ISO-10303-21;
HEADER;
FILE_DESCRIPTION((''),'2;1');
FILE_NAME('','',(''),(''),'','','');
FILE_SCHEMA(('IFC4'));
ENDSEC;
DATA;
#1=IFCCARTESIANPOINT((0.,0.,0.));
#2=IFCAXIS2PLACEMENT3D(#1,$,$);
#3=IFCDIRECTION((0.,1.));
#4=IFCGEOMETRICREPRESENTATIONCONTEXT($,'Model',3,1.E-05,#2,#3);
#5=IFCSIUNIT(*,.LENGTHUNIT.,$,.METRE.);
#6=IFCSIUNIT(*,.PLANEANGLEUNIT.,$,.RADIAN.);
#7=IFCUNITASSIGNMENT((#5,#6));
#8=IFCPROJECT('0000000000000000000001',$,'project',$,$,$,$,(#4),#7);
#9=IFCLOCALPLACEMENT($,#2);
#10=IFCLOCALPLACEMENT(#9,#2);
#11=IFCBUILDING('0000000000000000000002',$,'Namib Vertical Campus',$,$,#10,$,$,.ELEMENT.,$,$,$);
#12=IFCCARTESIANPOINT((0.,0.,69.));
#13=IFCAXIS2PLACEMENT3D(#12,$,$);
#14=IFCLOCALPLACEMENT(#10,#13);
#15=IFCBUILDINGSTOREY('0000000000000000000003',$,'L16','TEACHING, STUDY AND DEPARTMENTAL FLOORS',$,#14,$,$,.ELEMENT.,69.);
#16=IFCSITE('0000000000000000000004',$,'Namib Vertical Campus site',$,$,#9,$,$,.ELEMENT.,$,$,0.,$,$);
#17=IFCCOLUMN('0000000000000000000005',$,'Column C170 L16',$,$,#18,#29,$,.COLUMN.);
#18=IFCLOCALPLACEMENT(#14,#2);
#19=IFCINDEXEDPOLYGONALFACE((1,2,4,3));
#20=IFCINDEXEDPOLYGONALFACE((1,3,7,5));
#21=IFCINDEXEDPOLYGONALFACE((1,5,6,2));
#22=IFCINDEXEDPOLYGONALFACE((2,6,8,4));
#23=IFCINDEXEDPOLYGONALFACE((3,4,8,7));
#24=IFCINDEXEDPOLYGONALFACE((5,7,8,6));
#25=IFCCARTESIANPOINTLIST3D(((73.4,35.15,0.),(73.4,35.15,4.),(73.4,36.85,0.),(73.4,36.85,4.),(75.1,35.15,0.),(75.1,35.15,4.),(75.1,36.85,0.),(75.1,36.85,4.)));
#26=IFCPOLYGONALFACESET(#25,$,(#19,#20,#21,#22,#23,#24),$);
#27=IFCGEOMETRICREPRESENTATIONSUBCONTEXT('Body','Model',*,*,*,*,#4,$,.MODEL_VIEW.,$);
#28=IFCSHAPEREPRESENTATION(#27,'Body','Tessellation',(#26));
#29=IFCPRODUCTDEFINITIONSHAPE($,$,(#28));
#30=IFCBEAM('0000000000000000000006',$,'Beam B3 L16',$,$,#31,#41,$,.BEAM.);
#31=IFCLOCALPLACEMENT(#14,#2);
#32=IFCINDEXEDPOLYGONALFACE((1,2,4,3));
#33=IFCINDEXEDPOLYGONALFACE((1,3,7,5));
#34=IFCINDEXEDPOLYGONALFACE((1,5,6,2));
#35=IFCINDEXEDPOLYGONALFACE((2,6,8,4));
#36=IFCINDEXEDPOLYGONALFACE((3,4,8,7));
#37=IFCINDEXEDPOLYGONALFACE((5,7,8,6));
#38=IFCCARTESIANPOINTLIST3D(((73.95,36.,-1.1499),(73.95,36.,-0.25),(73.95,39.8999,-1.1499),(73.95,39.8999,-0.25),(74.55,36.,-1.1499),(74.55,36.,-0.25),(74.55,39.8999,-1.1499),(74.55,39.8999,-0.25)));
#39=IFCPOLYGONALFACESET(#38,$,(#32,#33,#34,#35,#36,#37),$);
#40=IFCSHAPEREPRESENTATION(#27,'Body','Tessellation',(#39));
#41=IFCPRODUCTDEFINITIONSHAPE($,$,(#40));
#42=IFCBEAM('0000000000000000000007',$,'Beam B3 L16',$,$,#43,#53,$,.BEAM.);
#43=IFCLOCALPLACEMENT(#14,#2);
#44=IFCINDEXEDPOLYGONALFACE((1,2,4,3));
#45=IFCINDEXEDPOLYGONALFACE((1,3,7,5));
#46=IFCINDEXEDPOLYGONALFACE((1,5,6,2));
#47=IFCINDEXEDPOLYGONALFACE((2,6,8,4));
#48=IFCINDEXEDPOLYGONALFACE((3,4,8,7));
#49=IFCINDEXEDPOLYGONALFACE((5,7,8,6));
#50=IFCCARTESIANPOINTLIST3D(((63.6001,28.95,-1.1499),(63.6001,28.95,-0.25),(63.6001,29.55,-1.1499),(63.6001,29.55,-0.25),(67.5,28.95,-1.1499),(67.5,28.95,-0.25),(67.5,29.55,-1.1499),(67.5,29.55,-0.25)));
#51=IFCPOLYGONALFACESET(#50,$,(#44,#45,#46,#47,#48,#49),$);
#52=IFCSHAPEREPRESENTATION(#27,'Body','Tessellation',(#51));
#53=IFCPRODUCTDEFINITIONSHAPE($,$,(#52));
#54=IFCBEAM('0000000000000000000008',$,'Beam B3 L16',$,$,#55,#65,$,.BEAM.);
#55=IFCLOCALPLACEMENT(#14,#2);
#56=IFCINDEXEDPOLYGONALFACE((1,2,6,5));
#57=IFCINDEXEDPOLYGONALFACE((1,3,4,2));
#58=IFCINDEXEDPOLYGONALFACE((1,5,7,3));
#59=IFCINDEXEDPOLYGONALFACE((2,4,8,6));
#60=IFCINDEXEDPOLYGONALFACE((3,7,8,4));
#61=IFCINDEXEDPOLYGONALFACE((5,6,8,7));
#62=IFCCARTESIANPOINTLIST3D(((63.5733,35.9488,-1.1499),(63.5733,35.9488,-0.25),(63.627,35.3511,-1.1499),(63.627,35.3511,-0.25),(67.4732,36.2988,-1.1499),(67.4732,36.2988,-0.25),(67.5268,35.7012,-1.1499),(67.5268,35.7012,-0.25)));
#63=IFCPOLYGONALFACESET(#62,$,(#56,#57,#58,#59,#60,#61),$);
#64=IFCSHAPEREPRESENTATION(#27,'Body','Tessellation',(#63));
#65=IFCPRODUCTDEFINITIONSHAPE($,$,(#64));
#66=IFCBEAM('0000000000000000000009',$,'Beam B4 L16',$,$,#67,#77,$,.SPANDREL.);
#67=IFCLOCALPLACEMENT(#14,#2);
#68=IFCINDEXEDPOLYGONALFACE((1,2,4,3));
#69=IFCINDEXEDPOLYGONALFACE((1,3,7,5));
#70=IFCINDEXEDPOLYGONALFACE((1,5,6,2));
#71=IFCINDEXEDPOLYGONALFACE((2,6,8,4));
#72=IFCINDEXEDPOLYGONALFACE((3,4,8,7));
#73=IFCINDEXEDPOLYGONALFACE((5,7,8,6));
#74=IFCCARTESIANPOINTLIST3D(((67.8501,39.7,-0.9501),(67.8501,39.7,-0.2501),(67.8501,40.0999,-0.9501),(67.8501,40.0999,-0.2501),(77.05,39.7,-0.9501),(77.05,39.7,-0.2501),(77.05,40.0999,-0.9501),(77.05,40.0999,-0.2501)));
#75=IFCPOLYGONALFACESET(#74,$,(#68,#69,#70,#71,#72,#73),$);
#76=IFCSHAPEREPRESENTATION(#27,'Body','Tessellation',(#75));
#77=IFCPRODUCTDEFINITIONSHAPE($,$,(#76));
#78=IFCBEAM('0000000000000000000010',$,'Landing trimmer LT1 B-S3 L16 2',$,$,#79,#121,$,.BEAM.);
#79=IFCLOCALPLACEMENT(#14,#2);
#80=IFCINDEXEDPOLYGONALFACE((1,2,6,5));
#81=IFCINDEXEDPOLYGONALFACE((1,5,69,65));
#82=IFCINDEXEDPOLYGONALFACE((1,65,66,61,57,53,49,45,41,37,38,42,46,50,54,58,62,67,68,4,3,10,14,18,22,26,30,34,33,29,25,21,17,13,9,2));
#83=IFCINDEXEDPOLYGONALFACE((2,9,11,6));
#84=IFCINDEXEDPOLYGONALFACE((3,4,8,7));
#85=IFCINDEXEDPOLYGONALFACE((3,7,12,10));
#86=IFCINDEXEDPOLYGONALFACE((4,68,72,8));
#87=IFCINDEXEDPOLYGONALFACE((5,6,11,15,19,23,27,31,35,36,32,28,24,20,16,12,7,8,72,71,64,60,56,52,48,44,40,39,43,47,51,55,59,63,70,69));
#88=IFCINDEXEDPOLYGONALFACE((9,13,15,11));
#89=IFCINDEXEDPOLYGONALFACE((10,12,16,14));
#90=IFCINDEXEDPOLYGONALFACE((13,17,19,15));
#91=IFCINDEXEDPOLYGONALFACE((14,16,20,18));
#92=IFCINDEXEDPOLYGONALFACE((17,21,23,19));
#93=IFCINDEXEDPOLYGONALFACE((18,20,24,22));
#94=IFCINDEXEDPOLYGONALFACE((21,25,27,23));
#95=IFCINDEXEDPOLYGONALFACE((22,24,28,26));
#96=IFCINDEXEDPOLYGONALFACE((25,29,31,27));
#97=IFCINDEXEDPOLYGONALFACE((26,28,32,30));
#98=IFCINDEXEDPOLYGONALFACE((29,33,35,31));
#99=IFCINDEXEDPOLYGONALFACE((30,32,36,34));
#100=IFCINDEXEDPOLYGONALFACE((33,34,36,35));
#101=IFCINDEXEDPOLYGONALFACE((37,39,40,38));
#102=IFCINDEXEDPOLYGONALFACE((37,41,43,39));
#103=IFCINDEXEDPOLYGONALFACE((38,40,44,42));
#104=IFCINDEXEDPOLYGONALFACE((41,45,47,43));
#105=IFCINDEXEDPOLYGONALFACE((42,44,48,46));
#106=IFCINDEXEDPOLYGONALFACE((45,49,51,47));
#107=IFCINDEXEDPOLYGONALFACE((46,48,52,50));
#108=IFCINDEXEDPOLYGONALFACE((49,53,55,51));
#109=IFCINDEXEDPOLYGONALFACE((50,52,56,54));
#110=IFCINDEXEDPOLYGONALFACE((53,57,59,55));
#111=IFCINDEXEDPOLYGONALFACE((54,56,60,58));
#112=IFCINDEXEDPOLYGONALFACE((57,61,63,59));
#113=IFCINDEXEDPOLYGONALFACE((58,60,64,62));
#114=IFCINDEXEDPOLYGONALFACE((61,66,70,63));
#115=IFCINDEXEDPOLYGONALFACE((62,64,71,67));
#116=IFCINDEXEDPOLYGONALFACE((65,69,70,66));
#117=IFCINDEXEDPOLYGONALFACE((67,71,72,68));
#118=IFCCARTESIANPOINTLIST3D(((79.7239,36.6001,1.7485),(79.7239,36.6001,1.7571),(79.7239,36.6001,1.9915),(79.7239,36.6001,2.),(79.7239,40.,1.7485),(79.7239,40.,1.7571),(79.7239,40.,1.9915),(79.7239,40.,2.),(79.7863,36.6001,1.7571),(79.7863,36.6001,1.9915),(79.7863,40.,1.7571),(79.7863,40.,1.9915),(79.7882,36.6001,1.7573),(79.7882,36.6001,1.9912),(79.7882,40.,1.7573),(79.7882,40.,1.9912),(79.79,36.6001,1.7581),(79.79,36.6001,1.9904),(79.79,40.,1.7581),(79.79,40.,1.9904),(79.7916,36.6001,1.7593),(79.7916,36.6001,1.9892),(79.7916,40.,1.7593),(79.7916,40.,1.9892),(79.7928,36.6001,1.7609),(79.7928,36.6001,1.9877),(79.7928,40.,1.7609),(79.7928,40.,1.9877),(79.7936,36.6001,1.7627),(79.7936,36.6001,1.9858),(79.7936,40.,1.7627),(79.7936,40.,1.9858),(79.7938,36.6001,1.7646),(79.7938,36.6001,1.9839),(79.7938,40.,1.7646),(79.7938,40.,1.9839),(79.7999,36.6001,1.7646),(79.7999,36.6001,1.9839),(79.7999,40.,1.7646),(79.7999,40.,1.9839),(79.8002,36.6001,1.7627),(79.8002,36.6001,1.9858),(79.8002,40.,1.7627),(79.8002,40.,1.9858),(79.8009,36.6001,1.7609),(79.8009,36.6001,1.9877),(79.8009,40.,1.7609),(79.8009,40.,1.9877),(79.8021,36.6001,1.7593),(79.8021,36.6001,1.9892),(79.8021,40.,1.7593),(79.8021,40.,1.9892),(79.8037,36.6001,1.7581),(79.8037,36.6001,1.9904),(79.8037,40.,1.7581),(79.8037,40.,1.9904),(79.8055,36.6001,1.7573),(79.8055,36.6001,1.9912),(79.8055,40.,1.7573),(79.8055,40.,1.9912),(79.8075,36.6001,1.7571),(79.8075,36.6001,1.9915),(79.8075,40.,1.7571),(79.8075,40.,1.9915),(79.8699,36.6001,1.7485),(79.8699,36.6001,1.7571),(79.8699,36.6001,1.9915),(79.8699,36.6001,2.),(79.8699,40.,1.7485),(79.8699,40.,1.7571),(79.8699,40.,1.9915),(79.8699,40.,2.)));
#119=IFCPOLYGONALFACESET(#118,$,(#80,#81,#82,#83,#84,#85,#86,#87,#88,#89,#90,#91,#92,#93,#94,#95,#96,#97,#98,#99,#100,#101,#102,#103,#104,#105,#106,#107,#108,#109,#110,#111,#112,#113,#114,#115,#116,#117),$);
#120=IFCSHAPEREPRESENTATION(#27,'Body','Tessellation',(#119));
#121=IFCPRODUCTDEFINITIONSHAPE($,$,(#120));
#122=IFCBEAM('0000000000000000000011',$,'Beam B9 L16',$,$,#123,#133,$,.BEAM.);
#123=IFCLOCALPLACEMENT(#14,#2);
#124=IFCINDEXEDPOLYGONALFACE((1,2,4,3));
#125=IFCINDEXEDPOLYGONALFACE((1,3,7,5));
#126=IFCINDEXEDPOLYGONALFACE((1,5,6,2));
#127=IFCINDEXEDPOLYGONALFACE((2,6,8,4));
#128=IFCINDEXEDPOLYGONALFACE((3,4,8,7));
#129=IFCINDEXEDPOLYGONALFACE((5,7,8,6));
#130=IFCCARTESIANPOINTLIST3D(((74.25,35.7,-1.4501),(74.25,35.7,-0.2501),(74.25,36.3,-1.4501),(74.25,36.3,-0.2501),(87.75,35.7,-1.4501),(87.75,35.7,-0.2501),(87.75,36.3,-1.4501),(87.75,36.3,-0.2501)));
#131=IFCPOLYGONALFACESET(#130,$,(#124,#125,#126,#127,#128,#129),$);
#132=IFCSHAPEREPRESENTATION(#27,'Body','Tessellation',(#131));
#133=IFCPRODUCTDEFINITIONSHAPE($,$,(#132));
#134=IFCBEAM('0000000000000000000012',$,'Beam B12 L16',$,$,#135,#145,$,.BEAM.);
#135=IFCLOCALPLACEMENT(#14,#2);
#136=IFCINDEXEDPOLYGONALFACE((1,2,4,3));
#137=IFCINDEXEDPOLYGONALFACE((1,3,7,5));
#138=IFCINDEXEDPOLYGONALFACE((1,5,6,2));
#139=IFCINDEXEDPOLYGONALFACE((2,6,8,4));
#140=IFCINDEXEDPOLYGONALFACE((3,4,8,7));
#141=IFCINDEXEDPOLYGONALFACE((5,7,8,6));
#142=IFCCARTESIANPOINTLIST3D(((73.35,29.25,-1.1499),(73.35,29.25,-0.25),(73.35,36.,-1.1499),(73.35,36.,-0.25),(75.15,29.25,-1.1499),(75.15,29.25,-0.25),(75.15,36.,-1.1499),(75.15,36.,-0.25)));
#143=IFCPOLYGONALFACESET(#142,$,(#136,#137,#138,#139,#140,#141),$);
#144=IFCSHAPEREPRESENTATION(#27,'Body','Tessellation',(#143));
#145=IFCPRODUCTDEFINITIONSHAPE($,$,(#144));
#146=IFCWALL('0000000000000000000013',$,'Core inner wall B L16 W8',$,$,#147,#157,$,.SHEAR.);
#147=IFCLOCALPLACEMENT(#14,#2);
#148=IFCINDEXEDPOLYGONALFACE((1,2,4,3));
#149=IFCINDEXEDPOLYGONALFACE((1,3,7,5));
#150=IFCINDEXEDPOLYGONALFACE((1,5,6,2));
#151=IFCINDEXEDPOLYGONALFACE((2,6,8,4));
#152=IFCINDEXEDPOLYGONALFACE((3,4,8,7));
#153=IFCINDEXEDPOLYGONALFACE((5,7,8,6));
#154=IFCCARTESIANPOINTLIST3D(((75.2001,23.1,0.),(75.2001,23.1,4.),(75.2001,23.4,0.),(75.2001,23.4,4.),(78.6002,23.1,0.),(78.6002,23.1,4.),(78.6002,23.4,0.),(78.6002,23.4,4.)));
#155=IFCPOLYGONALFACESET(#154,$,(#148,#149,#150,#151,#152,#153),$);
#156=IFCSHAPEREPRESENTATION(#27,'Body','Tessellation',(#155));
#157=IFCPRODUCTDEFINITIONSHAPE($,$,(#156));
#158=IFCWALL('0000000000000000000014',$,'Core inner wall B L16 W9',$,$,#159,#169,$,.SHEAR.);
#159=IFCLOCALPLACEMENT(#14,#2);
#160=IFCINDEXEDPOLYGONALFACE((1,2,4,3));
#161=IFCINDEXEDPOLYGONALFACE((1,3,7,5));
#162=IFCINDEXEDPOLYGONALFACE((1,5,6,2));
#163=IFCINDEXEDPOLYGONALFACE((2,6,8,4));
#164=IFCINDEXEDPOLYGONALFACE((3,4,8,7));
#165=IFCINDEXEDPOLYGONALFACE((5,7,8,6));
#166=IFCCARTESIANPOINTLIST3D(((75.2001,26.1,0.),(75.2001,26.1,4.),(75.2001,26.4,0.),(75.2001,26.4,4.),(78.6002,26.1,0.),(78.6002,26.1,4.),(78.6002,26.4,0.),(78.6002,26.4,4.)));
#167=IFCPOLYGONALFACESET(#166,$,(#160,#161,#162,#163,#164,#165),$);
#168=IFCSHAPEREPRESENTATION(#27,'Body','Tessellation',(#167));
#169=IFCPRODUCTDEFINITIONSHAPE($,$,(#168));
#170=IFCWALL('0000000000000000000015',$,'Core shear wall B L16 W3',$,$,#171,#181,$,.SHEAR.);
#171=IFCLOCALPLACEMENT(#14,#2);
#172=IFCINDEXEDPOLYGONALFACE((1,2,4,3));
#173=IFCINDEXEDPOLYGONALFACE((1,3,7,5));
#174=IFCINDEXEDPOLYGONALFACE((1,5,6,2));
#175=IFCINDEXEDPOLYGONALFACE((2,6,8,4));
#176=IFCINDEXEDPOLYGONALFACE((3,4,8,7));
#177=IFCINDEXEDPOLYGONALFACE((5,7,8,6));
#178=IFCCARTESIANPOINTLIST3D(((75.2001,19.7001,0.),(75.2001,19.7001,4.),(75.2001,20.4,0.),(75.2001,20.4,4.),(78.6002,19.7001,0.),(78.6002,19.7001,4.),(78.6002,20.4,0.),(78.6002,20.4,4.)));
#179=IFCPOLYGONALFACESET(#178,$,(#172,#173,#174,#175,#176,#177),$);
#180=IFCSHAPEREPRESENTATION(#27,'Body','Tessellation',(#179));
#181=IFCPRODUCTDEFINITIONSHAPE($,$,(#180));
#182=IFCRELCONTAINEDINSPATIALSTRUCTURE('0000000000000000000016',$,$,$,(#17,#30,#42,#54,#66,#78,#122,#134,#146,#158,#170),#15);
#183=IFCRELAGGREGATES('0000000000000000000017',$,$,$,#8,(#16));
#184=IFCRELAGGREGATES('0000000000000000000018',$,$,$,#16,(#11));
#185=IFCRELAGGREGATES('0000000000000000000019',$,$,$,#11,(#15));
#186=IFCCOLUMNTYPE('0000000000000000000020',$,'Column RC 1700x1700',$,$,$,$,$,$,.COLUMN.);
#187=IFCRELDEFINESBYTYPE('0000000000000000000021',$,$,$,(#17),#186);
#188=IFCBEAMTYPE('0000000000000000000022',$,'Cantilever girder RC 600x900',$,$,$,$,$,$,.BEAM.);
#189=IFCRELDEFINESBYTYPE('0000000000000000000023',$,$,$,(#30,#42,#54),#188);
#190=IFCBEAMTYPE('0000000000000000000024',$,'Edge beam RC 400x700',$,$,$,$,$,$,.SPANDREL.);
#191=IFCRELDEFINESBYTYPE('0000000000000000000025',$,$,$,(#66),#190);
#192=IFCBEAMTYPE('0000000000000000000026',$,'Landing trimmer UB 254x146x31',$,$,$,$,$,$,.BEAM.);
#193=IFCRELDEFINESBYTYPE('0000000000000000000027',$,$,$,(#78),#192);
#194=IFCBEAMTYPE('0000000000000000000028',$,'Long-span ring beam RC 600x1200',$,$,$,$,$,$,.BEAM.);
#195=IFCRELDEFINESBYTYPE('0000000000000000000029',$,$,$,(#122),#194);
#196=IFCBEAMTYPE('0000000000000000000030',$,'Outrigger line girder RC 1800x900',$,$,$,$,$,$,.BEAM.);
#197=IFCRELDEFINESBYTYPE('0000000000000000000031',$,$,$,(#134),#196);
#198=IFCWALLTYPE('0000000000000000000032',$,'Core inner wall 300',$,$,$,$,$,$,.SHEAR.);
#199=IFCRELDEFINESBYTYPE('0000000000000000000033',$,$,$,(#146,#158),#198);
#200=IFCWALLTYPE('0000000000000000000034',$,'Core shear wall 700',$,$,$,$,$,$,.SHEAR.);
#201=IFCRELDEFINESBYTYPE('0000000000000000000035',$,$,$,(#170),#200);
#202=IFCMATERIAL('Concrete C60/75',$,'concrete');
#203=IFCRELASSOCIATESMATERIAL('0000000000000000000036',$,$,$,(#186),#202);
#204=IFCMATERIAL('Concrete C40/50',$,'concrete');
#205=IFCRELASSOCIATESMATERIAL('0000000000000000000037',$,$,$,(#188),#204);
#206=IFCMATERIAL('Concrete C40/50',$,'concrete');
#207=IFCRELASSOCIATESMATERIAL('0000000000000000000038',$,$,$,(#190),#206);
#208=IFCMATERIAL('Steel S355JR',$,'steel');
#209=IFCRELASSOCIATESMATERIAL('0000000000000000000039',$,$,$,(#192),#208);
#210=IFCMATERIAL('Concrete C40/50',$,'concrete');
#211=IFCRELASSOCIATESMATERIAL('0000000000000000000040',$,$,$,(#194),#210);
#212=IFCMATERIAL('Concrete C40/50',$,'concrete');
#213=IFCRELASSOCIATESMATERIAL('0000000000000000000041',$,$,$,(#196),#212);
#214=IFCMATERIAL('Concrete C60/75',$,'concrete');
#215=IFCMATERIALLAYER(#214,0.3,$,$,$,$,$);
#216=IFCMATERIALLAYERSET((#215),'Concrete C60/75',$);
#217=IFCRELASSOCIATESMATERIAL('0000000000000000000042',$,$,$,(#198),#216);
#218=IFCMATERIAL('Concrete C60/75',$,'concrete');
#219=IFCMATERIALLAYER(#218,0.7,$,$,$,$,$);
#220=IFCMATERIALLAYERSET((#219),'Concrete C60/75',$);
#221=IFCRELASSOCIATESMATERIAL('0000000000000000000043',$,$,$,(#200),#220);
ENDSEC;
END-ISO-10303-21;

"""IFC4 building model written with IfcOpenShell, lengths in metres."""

from ifc_helpers import new_model, si_unit, direction, frame, frame_2d, origin, origin_2d, place, context, subcontext, project, spatial, rectangle, i_section, extrude, material, layer, layer_set, material_profile, profile_set, type_object, element, save


model = new_model("IFC4")

# Units and contexts
model_context = context("Model", 3, precision=1e-05, world=origin(), true_north=direction((0.0, 1.0)))
body_context = subcontext(model_context, "Body", "Model", "MODEL_VIEW")
ifc_project = project(units=[si_unit("LENGTHUNIT", "METRE"), si_unit("PLANEANGLEUNIT", "RADIAN")], contexts=[model_context])

# Site, building, storey
site_placement = place(None, origin())
site = spatial("IfcSite", under=ifc_project, at=site_placement, Name="Namib Vertical Campus site", CompositionType="ELEMENT", RefElevation=0.0)
building_placement = place(site_placement, origin())
building = spatial("IfcBuilding", under=site, at=building_placement, Name="Namib Vertical Campus", CompositionType="ELEMENT")
storey_placement = place(building_placement, frame((0.0, 0.0, 69.0)))
storey = spatial("IfcBuildingStorey", under=building, at=storey_placement, Name="L16", Description="TEACHING, STUDY AND DEPARTMENTAL FLOORS", CompositionType="ELEMENT", Elevation=69.0)

# Column
ifc_material_1 = material(Name="Concrete C60/75", Category="concrete")
ifc_material_profile_1 = material_profile(ifc_material_1, rectangle(XDim=1.7, YDim=1.7, at=origin_2d()))
ifc_profile_set_1 = profile_set([ifc_material_profile_1], Name="Concrete C60/75")
column_type = type_object("IfcColumnType", Name="Column RC 1700x1700", PredefinedType="COLUMN", material=ifc_profile_set_1)
column_placement = place(storey_placement, frame((74.25, 36.0, 0.0), z_axis=(0.0, 0.0, 1.0), x_axis=(1.0, 0.0, 0.0)))
element("IfcColumn", 1, at=column_placement, inside=storey, type_object=column_type, Name="Column C170 L16", PredefinedType="COLUMN", context=body_context, shape_type="SweptSolid", body=[
    extrude(rectangle(XDim=1.7, YDim=1.7, at=origin_2d()), origin(), (0.0, 0.0, 1.0), 4.0),
])

# Beams
ifc_material_2 = material(Name="Concrete C40/50", Category="concrete")
ifc_material_profile_2 = material_profile(ifc_material_2, rectangle(XDim=0.6001, YDim=0.8999, at=origin_2d()))
ifc_profile_set_2 = profile_set([ifc_material_profile_2], Name="Concrete C40/50")
beam_type_1 = type_object("IfcBeamType", Name="Cantilever girder RC 600x900", PredefinedType="BEAM", material=ifc_profile_set_2)
for number, where, z_axis, x_axis, name in (
    (2, (74.25, 36.0, -0.7), (0.0, 1.0, 0.0), (-1.0, 0.0, 0.0), "Beam B3 L16"),
    (3, (67.5, 29.25, -0.7), (-1.0, 0.0, 0.0), (0.0, -1.0, 0.0), "Beam B3 L16"),
):
    element("IfcBeam", number, at=place(storey_placement, frame(where, z_axis=z_axis, x_axis=x_axis)), inside=storey, type_object=beam_type_1, Name=name, PredefinedType="BEAM", context=body_context, shape_type="SweptSolid", body=[
        extrude(rectangle(XDim=0.6001, YDim=0.8999, at=origin_2d()), origin(), (0.0, 0.0, 1.0), 3.8999),
    ])
beam_1_placement = place(storey_placement, frame((67.5, 36.0, -0.7), z_axis=(-0.995995, -0.089411, 0.0), x_axis=(0.089411, -0.995995, 0.0)))
element("IfcBeam", 4, at=beam_1_placement, inside=storey, type_object=beam_type_1, Name="Beam B3 L16", PredefinedType="BEAM", context=body_context, shape_type="SweptSolid", body=[
    extrude(rectangle(XDim=0.6001, YDim=0.8999, at=origin_2d()), origin(), (0.0, 0.0, 1.0), 3.9155),
])
ifc_material_3 = material(Name="Concrete C40/50", Category="concrete")
ifc_material_profile_3 = material_profile(ifc_material_3, rectangle(XDim=0.3999, YDim=0.7, at=origin_2d()))
ifc_profile_set_3 = profile_set([ifc_material_profile_3], Name="Concrete C40/50")
beam_type_2 = type_object("IfcBeamType", Name="Edge beam RC 400x700", PredefinedType="SPANDREL", material=ifc_profile_set_3)
beam_2_placement = place(storey_placement, frame((67.8501, 39.8999, -0.6001), z_axis=(1.0, 0.0, 0.0), x_axis=(0.0, 1.0, 0.0)))
element("IfcBeam", 5, at=beam_2_placement, inside=storey, type_object=beam_type_2, Name="Beam B4 L16", PredefinedType="SPANDREL", context=body_context, shape_type="SweptSolid", body=[
    extrude(rectangle(XDim=0.3999, YDim=0.7, at=origin_2d()), origin(), (0.0, 0.0, 1.0), 9.2),
])
ifc_material_4 = material(Name="Steel S355JR", Category="steel")
ifc_material_profile_4 = material_profile(ifc_material_4, i_section(OverallWidth=0.146, OverallDepth=0.2515, WebThickness=0.0061, FlangeThickness=0.0085, FilletRadius=0.0076, at=origin_2d()))
ifc_profile_set_4 = profile_set([ifc_material_profile_4], Name="Steel S355JR")
beam_type_3 = type_object("IfcBeamType", Name="Landing trimmer UB 254x146x31", PredefinedType="BEAM", material=ifc_profile_set_4)
beam_3_placement = place(storey_placement, frame((79.7969, 36.6001, 1.8743), z_axis=(0.0, 1.0, 0.0), x_axis=(-1.0, 0.0, 0.0)))
element("IfcBeam", 6, at=beam_3_placement, inside=storey, type_object=beam_type_3, Name="Landing trimmer LT1 B-S3 L16 2", PredefinedType="BEAM", context=body_context, shape_type="SweptSolid", body=[
    extrude(i_section(OverallWidth=0.146, OverallDepth=0.2515, WebThickness=0.0061, FlangeThickness=0.0085, FilletRadius=0.0076, at=origin_2d()), origin(), (0.0, 0.0, 1.0), 3.3999),
])
ifc_material_5 = material(Name="Concrete C40/50", Category="concrete")
ifc_material_profile_5 = material_profile(ifc_material_5, rectangle(XDim=0.6001, YDim=1.2, at=origin_2d()))
ifc_profile_set_5 = profile_set([ifc_material_profile_5], Name="Concrete C40/50")
beam_type_4 = type_object("IfcBeamType", Name="Long-span ring beam RC 600x1200", PredefinedType="BEAM", material=ifc_profile_set_5)
beam_4_placement = place(storey_placement, frame((74.25, 36.0, -0.8501), z_axis=(1.0, 0.0, 0.0), x_axis=(0.0, 1.0, 0.0)))
element("IfcBeam", 7, at=beam_4_placement, inside=storey, type_object=beam_type_4, Name="Beam B9 L16", PredefinedType="BEAM", context=body_context, shape_type="SweptSolid", body=[
    extrude(rectangle(XDim=0.6001, YDim=1.2, at=origin_2d()), origin(), (0.0, 0.0, 1.0), 13.5),
])
ifc_material_6 = material(Name="Concrete C40/50", Category="concrete")
ifc_material_profile_6 = material_profile(ifc_material_6, rectangle(XDim=1.8, YDim=0.8999, at=origin_2d()))
ifc_profile_set_6 = profile_set([ifc_material_profile_6], Name="Concrete C40/50")
beam_type_5 = type_object("IfcBeamType", Name="Outrigger line girder RC 1800x900", PredefinedType="BEAM", material=ifc_profile_set_6)
beam_5_placement = place(storey_placement, frame((74.25, 36.0, -0.7), z_axis=(0.0, -1.0, 0.0), x_axis=(1.0, 0.0, 0.0)))
element("IfcBeam", 8, at=beam_5_placement, inside=storey, type_object=beam_type_5, Name="Beam B12 L16", PredefinedType="BEAM", context=body_context, shape_type="SweptSolid", body=[
    extrude(rectangle(XDim=1.8, YDim=0.8999, at=origin_2d()), origin(), (0.0, 0.0, 1.0), 6.75),
])

# Walls
ifc_material_7 = material(Name="Concrete C60/75", Category="concrete")
ifc_layer_1 = layer(ifc_material_7, 0.3)
ifc_layer_set_1 = layer_set([ifc_layer_1], Name="Concrete C60/75")
wall_type_1 = type_object("IfcWallType", Name="Core inner wall 300", PredefinedType="SHEAR", material=ifc_layer_set_1)
for number, where, z_axis, x_axis, name in (
    (9, (75.2, 23.25, 0.0), (0.0, 0.0, 1.0), (1.0, 0.0, 0.0), "Core inner wall B L16 W8"),
    (10, (75.2, 26.25, 0.0), (0.0, 0.0, 1.0), (1.0, 0.0, 0.0), "Core inner wall B L16 W9"),
):
    element("IfcWall", number, at=place(storey_placement, frame(where, z_axis=z_axis, x_axis=x_axis)), inside=storey, type_object=wall_type_1, Name=name, PredefinedType="SHEAR", context=body_context, shape_type="SweptSolid", body=[
        extrude(rectangle(XDim=3.4001, YDim=0.3, at=frame_2d((1.7002, 0.0))), origin(), (0.0, 0.0, 1.0), 4.0),
    ])
ifc_material_8 = material(Name="Concrete C60/75", Category="concrete")
ifc_layer_2 = layer(ifc_material_8, 0.7)
ifc_layer_set_2 = layer_set([ifc_layer_2], Name="Concrete C60/75")
wall_type_2 = type_object("IfcWallType", Name="Core shear wall 700", PredefinedType="SHEAR", material=ifc_layer_set_2)
wall_1_placement = place(storey_placement, frame((75.2, 20.05, 0.0), z_axis=(0.0, 0.0, 1.0), x_axis=(1.0, 0.0, 0.0)))
element("IfcWall", 11, at=wall_1_placement, inside=storey, type_object=wall_type_2, Name="Core shear wall B L16 W3", PredefinedType="SHEAR", context=body_context, shape_type="SweptSolid", body=[
    extrude(rectangle(XDim=3.4001, YDim=0.7, at=frame_2d((1.7002, 0.0))), origin(), (0.0, 0.0, 1.0), 4.0),
])

save(model, "model.ifc")
